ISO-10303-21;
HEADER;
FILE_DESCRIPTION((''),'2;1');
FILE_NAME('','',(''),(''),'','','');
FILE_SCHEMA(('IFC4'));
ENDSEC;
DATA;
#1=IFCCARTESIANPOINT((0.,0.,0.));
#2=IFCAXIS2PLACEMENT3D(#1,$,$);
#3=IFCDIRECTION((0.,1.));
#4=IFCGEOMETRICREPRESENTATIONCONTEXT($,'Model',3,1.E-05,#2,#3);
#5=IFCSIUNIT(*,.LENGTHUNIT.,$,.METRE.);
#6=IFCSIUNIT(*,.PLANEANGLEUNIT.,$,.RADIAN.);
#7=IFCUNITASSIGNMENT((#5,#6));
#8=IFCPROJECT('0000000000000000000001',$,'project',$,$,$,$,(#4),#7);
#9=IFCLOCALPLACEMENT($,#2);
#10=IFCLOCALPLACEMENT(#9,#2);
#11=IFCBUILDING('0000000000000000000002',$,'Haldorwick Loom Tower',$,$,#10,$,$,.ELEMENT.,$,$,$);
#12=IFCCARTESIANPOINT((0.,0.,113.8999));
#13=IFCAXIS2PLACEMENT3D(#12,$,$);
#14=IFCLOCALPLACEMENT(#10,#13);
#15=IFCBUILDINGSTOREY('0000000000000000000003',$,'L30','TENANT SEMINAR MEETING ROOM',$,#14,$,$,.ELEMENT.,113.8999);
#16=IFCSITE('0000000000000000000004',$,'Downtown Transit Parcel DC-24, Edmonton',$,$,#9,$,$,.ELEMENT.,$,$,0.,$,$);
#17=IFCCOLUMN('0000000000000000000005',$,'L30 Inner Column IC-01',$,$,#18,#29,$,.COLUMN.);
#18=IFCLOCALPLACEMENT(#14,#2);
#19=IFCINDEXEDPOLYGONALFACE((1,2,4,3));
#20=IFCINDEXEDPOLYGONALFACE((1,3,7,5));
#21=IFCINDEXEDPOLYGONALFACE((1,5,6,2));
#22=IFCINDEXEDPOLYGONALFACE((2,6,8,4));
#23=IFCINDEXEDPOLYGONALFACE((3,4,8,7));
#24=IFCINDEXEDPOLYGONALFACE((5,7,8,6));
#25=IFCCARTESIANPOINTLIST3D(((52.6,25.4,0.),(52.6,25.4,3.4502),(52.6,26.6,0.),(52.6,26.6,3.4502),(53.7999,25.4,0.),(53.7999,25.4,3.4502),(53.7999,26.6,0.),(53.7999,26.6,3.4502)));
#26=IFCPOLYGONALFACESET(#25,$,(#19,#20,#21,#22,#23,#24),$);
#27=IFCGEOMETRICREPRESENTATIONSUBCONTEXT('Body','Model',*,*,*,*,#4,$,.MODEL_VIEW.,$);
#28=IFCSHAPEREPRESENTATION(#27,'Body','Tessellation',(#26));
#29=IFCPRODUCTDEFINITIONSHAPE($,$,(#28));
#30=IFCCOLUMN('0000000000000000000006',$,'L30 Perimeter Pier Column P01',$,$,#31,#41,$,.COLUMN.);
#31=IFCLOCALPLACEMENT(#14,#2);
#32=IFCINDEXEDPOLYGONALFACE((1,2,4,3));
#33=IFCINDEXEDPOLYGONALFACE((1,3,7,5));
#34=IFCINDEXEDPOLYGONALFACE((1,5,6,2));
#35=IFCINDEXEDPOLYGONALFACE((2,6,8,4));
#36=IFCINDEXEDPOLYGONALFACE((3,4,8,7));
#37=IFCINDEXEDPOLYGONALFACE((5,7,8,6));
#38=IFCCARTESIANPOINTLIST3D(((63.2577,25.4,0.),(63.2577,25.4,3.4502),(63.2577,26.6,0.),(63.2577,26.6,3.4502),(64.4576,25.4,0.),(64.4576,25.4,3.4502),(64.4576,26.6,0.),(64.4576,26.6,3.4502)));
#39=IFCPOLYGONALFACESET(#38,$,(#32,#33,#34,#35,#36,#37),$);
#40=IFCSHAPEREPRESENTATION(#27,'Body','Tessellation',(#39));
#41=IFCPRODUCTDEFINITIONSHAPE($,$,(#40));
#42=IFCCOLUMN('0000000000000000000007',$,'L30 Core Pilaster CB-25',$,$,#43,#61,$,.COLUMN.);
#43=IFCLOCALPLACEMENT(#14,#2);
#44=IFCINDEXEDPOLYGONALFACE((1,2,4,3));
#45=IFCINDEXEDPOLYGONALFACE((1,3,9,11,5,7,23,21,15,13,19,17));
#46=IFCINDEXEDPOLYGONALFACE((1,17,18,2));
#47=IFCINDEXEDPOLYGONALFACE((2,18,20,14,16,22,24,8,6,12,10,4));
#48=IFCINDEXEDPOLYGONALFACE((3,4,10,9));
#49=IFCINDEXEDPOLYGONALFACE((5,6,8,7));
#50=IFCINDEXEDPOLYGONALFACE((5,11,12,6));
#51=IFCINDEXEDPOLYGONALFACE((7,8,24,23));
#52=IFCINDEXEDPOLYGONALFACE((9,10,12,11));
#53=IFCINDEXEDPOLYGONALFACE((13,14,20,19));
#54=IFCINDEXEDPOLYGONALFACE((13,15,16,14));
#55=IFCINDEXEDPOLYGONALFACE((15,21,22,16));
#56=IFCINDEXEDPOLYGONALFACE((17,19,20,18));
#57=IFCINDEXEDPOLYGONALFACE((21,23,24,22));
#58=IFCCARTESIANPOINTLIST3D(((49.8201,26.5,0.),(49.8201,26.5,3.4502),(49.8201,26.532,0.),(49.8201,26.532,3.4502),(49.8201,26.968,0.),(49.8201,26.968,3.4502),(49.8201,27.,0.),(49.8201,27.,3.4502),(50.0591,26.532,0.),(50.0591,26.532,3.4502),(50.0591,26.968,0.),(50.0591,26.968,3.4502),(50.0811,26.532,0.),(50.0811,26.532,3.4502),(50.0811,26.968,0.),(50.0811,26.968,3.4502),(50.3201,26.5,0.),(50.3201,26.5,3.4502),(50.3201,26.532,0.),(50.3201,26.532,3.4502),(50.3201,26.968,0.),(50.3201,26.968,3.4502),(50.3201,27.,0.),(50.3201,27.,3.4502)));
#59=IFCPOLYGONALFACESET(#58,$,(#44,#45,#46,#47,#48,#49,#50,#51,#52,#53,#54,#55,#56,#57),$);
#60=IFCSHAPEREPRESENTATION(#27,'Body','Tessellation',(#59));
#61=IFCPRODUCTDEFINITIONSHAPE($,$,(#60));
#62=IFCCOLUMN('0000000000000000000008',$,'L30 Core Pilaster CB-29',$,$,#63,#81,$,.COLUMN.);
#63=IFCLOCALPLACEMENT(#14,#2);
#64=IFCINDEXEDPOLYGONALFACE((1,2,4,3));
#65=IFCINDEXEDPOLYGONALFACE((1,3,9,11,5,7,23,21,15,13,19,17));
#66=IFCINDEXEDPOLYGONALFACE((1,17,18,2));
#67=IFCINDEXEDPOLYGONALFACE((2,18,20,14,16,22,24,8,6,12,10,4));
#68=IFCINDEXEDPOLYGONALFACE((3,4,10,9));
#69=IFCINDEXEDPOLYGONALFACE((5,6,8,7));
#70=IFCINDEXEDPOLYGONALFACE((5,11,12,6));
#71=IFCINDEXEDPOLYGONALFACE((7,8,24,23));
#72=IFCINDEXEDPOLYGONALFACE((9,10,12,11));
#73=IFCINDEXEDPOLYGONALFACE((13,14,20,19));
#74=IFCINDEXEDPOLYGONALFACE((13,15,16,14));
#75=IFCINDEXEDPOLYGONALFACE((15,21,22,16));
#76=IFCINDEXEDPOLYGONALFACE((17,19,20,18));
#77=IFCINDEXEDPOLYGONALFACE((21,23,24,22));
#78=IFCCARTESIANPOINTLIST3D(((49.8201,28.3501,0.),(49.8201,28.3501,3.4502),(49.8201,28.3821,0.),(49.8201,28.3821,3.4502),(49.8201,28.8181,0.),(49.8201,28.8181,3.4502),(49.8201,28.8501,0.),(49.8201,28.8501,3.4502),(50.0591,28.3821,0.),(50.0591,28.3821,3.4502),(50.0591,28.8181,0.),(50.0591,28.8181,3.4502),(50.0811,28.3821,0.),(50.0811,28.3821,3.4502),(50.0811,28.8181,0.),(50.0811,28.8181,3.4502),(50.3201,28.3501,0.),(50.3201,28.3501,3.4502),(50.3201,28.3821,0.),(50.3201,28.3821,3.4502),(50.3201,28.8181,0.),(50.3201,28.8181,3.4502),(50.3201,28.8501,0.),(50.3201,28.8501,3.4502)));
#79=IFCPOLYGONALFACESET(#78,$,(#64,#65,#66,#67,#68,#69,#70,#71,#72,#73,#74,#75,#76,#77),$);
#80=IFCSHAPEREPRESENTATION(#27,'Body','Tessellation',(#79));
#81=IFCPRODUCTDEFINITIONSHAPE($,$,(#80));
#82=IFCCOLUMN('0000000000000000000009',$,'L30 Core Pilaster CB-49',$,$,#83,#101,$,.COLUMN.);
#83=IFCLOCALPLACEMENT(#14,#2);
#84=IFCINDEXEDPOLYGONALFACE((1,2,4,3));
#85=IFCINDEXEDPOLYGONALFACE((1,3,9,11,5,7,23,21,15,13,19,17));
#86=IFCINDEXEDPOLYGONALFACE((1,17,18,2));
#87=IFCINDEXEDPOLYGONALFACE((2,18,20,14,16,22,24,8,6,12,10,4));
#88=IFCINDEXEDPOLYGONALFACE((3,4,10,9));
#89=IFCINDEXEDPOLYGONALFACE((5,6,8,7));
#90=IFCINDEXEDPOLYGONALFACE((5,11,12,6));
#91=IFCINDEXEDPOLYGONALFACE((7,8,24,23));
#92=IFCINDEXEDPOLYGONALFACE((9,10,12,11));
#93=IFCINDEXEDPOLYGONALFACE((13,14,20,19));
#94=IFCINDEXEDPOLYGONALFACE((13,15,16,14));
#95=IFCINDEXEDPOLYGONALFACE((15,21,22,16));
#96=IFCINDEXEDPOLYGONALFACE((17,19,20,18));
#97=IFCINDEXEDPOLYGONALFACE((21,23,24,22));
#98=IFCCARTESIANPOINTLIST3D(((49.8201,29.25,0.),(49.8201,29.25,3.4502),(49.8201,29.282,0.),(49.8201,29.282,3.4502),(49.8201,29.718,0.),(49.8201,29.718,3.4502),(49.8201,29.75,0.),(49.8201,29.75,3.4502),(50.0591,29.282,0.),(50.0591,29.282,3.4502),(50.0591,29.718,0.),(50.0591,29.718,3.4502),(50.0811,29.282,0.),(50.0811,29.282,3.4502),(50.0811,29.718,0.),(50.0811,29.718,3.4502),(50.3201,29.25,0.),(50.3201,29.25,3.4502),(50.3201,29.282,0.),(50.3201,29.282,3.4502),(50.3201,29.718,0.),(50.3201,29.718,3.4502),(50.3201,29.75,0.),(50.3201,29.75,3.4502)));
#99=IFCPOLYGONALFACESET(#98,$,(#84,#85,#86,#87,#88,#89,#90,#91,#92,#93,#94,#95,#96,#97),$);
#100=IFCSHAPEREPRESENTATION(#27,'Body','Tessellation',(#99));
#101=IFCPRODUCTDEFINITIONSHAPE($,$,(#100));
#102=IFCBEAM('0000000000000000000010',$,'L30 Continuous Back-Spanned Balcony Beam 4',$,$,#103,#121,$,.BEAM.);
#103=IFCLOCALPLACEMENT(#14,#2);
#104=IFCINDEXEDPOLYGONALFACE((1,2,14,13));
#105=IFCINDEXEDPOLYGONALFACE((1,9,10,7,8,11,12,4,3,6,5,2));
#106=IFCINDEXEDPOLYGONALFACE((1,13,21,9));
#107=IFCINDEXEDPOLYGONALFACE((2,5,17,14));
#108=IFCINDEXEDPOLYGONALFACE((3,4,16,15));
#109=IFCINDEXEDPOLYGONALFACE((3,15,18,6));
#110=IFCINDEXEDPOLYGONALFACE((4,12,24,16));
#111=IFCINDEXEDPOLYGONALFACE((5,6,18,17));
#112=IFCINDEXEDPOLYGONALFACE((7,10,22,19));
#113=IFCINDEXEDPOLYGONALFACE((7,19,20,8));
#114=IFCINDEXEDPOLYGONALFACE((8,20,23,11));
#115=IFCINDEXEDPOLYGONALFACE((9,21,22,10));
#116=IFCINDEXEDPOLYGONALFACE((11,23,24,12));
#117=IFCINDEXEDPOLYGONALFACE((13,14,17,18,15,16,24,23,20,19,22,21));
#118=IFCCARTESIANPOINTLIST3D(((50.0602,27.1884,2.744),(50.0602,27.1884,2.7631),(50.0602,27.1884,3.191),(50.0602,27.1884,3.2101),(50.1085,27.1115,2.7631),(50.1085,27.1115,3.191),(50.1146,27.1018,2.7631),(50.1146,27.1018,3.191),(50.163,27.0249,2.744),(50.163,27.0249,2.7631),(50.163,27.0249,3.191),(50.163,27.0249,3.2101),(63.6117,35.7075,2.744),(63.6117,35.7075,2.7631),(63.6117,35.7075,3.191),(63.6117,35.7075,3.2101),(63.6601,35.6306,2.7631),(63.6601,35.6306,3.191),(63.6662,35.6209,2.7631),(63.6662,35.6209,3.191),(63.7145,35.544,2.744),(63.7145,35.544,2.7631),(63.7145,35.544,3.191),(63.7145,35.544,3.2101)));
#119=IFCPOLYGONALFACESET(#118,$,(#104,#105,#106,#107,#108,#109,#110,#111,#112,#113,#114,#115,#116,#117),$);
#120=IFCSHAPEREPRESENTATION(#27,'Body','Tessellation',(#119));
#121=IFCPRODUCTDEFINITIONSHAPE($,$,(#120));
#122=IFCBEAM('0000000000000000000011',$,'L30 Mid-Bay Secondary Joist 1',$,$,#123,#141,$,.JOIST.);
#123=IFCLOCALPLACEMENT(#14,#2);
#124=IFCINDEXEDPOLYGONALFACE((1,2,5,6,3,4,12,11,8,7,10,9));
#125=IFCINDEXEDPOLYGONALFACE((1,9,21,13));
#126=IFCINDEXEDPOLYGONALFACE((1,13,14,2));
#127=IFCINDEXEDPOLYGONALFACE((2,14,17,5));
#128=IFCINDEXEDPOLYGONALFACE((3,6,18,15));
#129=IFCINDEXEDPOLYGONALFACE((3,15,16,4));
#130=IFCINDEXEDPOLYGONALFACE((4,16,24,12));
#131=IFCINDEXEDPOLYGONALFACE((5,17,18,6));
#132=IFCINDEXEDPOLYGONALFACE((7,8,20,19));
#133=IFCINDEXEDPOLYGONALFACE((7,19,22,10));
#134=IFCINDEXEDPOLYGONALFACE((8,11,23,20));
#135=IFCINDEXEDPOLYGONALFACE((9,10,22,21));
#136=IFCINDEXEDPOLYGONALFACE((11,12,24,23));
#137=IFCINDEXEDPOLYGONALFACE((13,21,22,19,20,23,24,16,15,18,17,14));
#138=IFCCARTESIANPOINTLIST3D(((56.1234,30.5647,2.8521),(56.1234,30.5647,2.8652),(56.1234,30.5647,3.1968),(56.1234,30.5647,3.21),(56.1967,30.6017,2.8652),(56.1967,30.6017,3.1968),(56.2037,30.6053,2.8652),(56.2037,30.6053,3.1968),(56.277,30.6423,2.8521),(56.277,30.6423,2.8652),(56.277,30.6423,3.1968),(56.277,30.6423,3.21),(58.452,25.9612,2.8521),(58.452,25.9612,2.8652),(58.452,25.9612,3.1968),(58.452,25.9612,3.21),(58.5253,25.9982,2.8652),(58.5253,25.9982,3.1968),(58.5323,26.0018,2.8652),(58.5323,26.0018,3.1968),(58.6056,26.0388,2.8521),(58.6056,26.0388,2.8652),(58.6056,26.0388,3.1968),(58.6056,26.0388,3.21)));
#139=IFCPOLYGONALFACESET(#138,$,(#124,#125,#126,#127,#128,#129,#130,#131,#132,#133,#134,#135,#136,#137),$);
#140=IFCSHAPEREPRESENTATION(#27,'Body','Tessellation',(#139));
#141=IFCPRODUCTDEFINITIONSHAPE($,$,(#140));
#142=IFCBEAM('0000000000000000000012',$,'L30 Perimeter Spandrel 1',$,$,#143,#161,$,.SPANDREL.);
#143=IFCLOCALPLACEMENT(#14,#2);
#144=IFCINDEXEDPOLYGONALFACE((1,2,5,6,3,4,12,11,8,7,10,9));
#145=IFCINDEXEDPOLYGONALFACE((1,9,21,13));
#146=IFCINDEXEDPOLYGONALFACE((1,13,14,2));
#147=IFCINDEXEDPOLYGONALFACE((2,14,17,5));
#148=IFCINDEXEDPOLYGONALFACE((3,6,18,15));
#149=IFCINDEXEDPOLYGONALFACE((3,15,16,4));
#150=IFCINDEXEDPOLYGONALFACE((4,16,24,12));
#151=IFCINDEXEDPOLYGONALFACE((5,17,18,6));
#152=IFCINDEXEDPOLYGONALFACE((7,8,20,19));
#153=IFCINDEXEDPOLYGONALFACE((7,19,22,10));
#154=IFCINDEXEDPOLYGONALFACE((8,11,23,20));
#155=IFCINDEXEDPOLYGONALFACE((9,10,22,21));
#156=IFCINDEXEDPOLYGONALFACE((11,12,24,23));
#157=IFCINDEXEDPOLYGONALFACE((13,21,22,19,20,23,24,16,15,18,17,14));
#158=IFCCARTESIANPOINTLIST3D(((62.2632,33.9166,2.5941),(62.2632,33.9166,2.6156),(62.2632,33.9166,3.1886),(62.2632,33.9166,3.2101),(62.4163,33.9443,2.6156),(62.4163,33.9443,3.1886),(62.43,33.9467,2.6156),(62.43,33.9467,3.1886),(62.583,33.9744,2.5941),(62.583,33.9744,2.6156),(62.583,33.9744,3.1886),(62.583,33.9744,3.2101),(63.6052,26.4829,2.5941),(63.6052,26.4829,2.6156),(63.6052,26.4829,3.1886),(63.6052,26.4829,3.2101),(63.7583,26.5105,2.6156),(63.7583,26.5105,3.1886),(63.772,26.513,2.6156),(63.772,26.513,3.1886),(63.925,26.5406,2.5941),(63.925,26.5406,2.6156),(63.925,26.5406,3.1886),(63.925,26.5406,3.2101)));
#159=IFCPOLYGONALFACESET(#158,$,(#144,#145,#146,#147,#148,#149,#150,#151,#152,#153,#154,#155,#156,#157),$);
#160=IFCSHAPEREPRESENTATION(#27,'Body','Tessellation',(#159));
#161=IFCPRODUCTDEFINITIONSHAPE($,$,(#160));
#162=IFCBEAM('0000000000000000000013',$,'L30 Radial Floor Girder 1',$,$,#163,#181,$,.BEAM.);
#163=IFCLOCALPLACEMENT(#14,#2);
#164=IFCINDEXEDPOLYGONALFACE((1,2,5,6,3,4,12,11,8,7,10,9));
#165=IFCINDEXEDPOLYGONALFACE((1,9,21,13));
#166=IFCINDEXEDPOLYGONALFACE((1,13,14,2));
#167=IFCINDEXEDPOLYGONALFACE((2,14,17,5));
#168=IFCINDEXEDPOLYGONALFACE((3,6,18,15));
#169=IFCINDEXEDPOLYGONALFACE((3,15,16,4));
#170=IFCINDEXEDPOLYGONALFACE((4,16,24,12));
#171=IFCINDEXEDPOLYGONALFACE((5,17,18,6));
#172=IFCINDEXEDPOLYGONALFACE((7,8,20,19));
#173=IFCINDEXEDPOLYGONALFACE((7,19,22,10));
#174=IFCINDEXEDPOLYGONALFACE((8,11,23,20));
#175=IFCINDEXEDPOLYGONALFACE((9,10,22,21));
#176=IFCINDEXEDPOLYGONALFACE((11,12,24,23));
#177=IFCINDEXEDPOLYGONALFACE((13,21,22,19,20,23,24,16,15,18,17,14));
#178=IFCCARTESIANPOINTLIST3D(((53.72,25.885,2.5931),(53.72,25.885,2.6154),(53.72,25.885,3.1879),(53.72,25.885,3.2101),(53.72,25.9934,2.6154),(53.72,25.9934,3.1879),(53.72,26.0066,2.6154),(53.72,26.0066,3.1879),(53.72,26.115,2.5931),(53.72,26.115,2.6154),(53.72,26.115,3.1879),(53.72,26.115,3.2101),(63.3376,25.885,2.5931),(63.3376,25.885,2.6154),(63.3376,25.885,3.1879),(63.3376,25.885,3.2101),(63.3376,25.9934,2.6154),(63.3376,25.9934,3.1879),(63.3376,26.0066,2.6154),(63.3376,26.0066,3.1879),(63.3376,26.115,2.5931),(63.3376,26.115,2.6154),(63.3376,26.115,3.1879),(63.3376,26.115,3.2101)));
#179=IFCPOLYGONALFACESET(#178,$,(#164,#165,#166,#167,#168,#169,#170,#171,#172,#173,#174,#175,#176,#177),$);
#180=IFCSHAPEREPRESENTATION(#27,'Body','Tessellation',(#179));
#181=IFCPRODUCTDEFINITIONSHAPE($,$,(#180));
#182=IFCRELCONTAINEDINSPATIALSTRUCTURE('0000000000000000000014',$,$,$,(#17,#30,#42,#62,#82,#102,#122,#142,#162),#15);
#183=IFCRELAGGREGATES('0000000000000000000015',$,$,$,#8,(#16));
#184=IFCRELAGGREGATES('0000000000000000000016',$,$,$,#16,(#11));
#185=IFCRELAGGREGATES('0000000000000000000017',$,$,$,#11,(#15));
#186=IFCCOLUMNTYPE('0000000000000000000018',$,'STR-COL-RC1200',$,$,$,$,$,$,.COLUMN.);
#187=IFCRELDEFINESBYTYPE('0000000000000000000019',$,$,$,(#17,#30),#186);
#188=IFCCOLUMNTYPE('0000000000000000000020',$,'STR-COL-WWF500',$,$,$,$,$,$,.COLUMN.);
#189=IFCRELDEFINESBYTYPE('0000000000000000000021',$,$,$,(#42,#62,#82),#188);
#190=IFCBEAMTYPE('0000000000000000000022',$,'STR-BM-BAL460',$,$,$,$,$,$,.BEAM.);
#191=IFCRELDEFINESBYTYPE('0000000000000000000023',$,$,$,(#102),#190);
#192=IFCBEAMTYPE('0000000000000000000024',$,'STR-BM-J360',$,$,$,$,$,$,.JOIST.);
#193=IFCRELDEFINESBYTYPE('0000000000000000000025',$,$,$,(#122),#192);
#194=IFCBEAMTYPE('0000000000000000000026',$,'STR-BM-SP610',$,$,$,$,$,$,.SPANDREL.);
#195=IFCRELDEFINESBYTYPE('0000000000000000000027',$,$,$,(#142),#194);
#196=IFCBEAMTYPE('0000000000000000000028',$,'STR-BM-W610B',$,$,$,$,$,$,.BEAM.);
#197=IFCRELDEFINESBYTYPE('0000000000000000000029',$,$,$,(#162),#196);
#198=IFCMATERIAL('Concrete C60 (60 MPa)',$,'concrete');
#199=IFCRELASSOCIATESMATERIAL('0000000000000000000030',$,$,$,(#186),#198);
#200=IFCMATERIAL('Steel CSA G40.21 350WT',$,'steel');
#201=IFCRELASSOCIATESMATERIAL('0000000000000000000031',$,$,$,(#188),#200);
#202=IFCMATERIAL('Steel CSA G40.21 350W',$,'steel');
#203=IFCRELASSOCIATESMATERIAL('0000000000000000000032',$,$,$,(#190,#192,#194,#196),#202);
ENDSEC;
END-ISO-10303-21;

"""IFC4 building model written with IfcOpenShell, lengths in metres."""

from ifc_helpers import new_model, si_unit, direction, frame, origin, origin_2d, place, context, subcontext, project, spatial, rectangle, i_section, extrude, material, material_profile, profile_set, type_object, element, save


model = new_model("IFC4")

# Units and contexts
model_context = context("Model", 3, precision=1e-05, world=origin(), true_north=direction((0.0, 1.0)))
body_context = subcontext(model_context, "Body", "Model", "MODEL_VIEW")
ifc_project = project(units=[si_unit("LENGTHUNIT", "METRE"), si_unit("PLANEANGLEUNIT", "RADIAN")], contexts=[model_context])

# Site, building, storey
site_placement = place(None, origin())
site = spatial("IfcSite", under=ifc_project, at=site_placement, Name="Downtown Transit Parcel DC-24, Edmonton", CompositionType="ELEMENT", RefElevation=0.0)
building_placement = place(site_placement, origin())
building = spatial("IfcBuilding", under=site, at=building_placement, Name="Haldorwick Loom Tower", CompositionType="ELEMENT")
storey_placement = place(building_placement, frame((0.0, 0.0, 113.8999)))
storey = spatial("IfcBuildingStorey", under=building, at=storey_placement, Name="L30", Description="TENANT SEMINAR MEETING ROOM", CompositionType="ELEMENT", Elevation=113.8999)

# Columns
ifc_material_1 = material(Name="Concrete C60 (60 MPa)", Category="concrete")
ifc_material_profile_1 = material_profile(ifc_material_1, rectangle(XDim=1.2, YDim=1.2, at=origin_2d()), Name="RC1200X1200", Category="concrete")
ifc_profile_set_1 = profile_set([ifc_material_profile_1], Name="Concrete C60 (60 MPa)")
column_type_1 = type_object("IfcColumnType", Name="STR-COL-RC1200", PredefinedType="COLUMN", material=ifc_profile_set_1)
for number, where, z_axis, x_axis, name in (
    (1, (53.2, 26.0, 0.0), (0.0, 0.0, 1.0), (1.0, 0.0, 0.0), "L30 Inner Column IC-01"),
    (2, (63.8577, 26.0, 0.0), (0.0, 0.0, 1.0), (1.0, 0.0, 0.0), "L30 Perimeter Pier Column P01"),
):
    element("IfcColumn", number, at=place(storey_placement, frame(where, z_axis=z_axis, x_axis=x_axis)), inside=storey, type_object=column_type_1, Name=name, PredefinedType="COLUMN", context=body_context, shape_type="SweptSolid", body=[
        extrude(rectangle(XDim=1.2, YDim=1.2, at=origin_2d()), origin(), (0.0, 0.0, 1.0), 3.4502),
    ])
ifc_material_2 = material(Name="Steel CSA G40.21 350WT", Category="steel")
ifc_material_profile_2 = material_profile(ifc_material_2, i_section(OverallWidth=0.5, OverallDepth=0.5, WebThickness=0.022, FlangeThickness=0.032, at=origin_2d()), Name="WWF500X500", Category="steel")
ifc_profile_set_2 = profile_set([ifc_material_profile_2], Name="Steel CSA G40.21 350WT")
column_type_2 = type_object("IfcColumnType", Name="STR-COL-WWF500", PredefinedType="COLUMN", material=ifc_profile_set_2)
for number, where, z_axis, x_axis, name in (
    (3, (50.0701, 26.75, 0.0), (0.0, 0.0, 1.0), (1.0, 0.0, 0.0), "L30 Core Pilaster CB-25"),
    (4, (50.0701, 28.6001, 0.0), (0.0, 0.0, 1.0), (1.0, 0.0, 0.0), "L30 Core Pilaster CB-29"),
    (5, (50.0701, 29.5, 0.0), (0.0, 0.0, 1.0), (1.0, 0.0, 0.0), "L30 Core Pilaster CB-49"),
):
    element("IfcColumn", number, at=place(storey_placement, frame(where, z_axis=z_axis, x_axis=x_axis)), inside=storey, type_object=column_type_2, Name=name, PredefinedType="COLUMN", context=body_context, shape_type="SweptSolid", body=[
        extrude(i_section(OverallWidth=0.5, OverallDepth=0.5, WebThickness=0.022, FlangeThickness=0.032, at=origin_2d()), origin(), (0.0, 0.0, 1.0), 3.4502),
    ])

# Beams
ifc_material_3 = material(Name="Steel CSA G40.21 350W", Category="steel")
ifc_material_profile_3 = material_profile(ifc_material_3, i_section(OverallWidth=0.1931, OverallDepth=0.4661, WebThickness=0.0115, FlangeThickness=0.019, at=origin_2d()), Name="W460X97", Category="steel")
ifc_profile_set_3 = profile_set([ifc_material_profile_3], Name="Steel CSA G40.21 350W")
beam_type_1 = type_object("IfcBeamType", Name="STR-BM-BAL460", PredefinedType="BEAM", material=ifc_profile_set_3)
beam_1_placement = place(storey_placement, frame((50.1116, 27.1067, 2.9771), z_axis=(0.84661, 0.532214, 0.0), x_axis=(-0.532214, 0.84661, 0.0)))
element("IfcBeam", 6, at=beam_1_placement, inside=storey, type_object=beam_type_1, Name="L30 Continuous Back-Spanned Balcony Beam 4", PredefinedType="BEAM", context=body_context, shape_type="SweptSolid", body=[
    extrude(i_section(OverallWidth=0.1931, OverallDepth=0.4661, WebThickness=0.0115, FlangeThickness=0.019, at=origin_2d()), origin(), (0.0, 0.0, 1.0), 16.0068),
])
ifc_material_profile_4 = material_profile(ifc_material_3, i_section(OverallWidth=0.1721, OverallDepth=0.3579, WebThickness=0.0078, FlangeThickness=0.0132, at=origin_2d()), Name="W360X57", Category="steel")
ifc_profile_set_4 = profile_set([ifc_material_profile_4], Name="Steel CSA G40.21 350W")
beam_type_2 = type_object("IfcBeamType", Name="STR-BM-J360", PredefinedType="JOIST", material=ifc_profile_set_4)
beam_2_placement = place(storey_placement, frame((58.5288, 26.0, 3.031), z_axis=(-0.451373, 0.892335, 0.0), x_axis=(-0.892335, -0.451373, 0.0)))
element("IfcBeam", 7, at=beam_2_placement, inside=storey, type_object=beam_type_2, Name="L30 Mid-Bay Secondary Joist 1", PredefinedType="JOIST", context=body_context, shape_type="SweptSolid", body=[
    extrude(i_section(OverallWidth=0.1721, OverallDepth=0.3579, WebThickness=0.0078, FlangeThickness=0.0132, at=origin_2d()), origin(), (0.0, 0.0, 1.0), 5.1589),
])
ifc_material_profile_5 = material_profile(ifc_material_3, i_section(OverallWidth=0.325, OverallDepth=0.616, WebThickness=0.0139, FlangeThickness=0.0215, at=origin_2d()), Name="W610X174", Category="steel")
ifc_profile_set_5 = profile_set([ifc_material_profile_5], Name="Steel CSA G40.21 350W")
beam_type_3 = type_object("IfcBeamType", Name="STR-BM-SP610", PredefinedType="SPANDREL", material=ifc_profile_set_5)
beam_3_placement = place(storey_placement, frame((63.7651, 26.5117, 2.9021), z_axis=(-0.177659, 0.984092, 0.0), x_axis=(-0.984092, -0.177659, 0.0)))
element("IfcBeam", 8, at=beam_3_placement, inside=storey, type_object=beam_type_3, Name="L30 Perimeter Spandrel 1", PredefinedType="SPANDREL", context=body_context, shape_type="SweptSolid", body=[
    extrude(i_section(OverallWidth=0.325, OverallDepth=0.616, WebThickness=0.0139, FlangeThickness=0.0215, at=origin_2d()), origin(), (0.0, 0.0, 1.0), 7.554),
])
ifc_material_profile_6 = material_profile(ifc_material_3, i_section(OverallWidth=0.23, OverallDepth=0.6169, WebThickness=0.0132, FlangeThickness=0.0222, at=origin_2d()), Name="W610X140", Category="steel")
ifc_profile_set_6 = profile_set([ifc_material_profile_6], Name="Steel CSA G40.21 350W")
beam_type_4 = type_object("IfcBeamType", Name="STR-BM-W610B", PredefinedType="BEAM", material=ifc_profile_set_6)
beam_4_placement = place(storey_placement, frame((53.72, 26.0, 2.9016), z_axis=(1.0, 0.0, 0.0), x_axis=(0.0, 1.0, 0.0)))
element("IfcBeam", 9, at=beam_4_placement, inside=storey, type_object=beam_type_4, Name="L30 Radial Floor Girder 1", PredefinedType="BEAM", context=body_context, shape_type="SweptSolid", body=[
    extrude(i_section(OverallWidth=0.23, OverallDepth=0.6169, WebThickness=0.0132, FlangeThickness=0.0222, at=origin_2d()), origin(), (0.0, 0.0, 1.0), 9.6177),
])

save(model, "model.ifc")
